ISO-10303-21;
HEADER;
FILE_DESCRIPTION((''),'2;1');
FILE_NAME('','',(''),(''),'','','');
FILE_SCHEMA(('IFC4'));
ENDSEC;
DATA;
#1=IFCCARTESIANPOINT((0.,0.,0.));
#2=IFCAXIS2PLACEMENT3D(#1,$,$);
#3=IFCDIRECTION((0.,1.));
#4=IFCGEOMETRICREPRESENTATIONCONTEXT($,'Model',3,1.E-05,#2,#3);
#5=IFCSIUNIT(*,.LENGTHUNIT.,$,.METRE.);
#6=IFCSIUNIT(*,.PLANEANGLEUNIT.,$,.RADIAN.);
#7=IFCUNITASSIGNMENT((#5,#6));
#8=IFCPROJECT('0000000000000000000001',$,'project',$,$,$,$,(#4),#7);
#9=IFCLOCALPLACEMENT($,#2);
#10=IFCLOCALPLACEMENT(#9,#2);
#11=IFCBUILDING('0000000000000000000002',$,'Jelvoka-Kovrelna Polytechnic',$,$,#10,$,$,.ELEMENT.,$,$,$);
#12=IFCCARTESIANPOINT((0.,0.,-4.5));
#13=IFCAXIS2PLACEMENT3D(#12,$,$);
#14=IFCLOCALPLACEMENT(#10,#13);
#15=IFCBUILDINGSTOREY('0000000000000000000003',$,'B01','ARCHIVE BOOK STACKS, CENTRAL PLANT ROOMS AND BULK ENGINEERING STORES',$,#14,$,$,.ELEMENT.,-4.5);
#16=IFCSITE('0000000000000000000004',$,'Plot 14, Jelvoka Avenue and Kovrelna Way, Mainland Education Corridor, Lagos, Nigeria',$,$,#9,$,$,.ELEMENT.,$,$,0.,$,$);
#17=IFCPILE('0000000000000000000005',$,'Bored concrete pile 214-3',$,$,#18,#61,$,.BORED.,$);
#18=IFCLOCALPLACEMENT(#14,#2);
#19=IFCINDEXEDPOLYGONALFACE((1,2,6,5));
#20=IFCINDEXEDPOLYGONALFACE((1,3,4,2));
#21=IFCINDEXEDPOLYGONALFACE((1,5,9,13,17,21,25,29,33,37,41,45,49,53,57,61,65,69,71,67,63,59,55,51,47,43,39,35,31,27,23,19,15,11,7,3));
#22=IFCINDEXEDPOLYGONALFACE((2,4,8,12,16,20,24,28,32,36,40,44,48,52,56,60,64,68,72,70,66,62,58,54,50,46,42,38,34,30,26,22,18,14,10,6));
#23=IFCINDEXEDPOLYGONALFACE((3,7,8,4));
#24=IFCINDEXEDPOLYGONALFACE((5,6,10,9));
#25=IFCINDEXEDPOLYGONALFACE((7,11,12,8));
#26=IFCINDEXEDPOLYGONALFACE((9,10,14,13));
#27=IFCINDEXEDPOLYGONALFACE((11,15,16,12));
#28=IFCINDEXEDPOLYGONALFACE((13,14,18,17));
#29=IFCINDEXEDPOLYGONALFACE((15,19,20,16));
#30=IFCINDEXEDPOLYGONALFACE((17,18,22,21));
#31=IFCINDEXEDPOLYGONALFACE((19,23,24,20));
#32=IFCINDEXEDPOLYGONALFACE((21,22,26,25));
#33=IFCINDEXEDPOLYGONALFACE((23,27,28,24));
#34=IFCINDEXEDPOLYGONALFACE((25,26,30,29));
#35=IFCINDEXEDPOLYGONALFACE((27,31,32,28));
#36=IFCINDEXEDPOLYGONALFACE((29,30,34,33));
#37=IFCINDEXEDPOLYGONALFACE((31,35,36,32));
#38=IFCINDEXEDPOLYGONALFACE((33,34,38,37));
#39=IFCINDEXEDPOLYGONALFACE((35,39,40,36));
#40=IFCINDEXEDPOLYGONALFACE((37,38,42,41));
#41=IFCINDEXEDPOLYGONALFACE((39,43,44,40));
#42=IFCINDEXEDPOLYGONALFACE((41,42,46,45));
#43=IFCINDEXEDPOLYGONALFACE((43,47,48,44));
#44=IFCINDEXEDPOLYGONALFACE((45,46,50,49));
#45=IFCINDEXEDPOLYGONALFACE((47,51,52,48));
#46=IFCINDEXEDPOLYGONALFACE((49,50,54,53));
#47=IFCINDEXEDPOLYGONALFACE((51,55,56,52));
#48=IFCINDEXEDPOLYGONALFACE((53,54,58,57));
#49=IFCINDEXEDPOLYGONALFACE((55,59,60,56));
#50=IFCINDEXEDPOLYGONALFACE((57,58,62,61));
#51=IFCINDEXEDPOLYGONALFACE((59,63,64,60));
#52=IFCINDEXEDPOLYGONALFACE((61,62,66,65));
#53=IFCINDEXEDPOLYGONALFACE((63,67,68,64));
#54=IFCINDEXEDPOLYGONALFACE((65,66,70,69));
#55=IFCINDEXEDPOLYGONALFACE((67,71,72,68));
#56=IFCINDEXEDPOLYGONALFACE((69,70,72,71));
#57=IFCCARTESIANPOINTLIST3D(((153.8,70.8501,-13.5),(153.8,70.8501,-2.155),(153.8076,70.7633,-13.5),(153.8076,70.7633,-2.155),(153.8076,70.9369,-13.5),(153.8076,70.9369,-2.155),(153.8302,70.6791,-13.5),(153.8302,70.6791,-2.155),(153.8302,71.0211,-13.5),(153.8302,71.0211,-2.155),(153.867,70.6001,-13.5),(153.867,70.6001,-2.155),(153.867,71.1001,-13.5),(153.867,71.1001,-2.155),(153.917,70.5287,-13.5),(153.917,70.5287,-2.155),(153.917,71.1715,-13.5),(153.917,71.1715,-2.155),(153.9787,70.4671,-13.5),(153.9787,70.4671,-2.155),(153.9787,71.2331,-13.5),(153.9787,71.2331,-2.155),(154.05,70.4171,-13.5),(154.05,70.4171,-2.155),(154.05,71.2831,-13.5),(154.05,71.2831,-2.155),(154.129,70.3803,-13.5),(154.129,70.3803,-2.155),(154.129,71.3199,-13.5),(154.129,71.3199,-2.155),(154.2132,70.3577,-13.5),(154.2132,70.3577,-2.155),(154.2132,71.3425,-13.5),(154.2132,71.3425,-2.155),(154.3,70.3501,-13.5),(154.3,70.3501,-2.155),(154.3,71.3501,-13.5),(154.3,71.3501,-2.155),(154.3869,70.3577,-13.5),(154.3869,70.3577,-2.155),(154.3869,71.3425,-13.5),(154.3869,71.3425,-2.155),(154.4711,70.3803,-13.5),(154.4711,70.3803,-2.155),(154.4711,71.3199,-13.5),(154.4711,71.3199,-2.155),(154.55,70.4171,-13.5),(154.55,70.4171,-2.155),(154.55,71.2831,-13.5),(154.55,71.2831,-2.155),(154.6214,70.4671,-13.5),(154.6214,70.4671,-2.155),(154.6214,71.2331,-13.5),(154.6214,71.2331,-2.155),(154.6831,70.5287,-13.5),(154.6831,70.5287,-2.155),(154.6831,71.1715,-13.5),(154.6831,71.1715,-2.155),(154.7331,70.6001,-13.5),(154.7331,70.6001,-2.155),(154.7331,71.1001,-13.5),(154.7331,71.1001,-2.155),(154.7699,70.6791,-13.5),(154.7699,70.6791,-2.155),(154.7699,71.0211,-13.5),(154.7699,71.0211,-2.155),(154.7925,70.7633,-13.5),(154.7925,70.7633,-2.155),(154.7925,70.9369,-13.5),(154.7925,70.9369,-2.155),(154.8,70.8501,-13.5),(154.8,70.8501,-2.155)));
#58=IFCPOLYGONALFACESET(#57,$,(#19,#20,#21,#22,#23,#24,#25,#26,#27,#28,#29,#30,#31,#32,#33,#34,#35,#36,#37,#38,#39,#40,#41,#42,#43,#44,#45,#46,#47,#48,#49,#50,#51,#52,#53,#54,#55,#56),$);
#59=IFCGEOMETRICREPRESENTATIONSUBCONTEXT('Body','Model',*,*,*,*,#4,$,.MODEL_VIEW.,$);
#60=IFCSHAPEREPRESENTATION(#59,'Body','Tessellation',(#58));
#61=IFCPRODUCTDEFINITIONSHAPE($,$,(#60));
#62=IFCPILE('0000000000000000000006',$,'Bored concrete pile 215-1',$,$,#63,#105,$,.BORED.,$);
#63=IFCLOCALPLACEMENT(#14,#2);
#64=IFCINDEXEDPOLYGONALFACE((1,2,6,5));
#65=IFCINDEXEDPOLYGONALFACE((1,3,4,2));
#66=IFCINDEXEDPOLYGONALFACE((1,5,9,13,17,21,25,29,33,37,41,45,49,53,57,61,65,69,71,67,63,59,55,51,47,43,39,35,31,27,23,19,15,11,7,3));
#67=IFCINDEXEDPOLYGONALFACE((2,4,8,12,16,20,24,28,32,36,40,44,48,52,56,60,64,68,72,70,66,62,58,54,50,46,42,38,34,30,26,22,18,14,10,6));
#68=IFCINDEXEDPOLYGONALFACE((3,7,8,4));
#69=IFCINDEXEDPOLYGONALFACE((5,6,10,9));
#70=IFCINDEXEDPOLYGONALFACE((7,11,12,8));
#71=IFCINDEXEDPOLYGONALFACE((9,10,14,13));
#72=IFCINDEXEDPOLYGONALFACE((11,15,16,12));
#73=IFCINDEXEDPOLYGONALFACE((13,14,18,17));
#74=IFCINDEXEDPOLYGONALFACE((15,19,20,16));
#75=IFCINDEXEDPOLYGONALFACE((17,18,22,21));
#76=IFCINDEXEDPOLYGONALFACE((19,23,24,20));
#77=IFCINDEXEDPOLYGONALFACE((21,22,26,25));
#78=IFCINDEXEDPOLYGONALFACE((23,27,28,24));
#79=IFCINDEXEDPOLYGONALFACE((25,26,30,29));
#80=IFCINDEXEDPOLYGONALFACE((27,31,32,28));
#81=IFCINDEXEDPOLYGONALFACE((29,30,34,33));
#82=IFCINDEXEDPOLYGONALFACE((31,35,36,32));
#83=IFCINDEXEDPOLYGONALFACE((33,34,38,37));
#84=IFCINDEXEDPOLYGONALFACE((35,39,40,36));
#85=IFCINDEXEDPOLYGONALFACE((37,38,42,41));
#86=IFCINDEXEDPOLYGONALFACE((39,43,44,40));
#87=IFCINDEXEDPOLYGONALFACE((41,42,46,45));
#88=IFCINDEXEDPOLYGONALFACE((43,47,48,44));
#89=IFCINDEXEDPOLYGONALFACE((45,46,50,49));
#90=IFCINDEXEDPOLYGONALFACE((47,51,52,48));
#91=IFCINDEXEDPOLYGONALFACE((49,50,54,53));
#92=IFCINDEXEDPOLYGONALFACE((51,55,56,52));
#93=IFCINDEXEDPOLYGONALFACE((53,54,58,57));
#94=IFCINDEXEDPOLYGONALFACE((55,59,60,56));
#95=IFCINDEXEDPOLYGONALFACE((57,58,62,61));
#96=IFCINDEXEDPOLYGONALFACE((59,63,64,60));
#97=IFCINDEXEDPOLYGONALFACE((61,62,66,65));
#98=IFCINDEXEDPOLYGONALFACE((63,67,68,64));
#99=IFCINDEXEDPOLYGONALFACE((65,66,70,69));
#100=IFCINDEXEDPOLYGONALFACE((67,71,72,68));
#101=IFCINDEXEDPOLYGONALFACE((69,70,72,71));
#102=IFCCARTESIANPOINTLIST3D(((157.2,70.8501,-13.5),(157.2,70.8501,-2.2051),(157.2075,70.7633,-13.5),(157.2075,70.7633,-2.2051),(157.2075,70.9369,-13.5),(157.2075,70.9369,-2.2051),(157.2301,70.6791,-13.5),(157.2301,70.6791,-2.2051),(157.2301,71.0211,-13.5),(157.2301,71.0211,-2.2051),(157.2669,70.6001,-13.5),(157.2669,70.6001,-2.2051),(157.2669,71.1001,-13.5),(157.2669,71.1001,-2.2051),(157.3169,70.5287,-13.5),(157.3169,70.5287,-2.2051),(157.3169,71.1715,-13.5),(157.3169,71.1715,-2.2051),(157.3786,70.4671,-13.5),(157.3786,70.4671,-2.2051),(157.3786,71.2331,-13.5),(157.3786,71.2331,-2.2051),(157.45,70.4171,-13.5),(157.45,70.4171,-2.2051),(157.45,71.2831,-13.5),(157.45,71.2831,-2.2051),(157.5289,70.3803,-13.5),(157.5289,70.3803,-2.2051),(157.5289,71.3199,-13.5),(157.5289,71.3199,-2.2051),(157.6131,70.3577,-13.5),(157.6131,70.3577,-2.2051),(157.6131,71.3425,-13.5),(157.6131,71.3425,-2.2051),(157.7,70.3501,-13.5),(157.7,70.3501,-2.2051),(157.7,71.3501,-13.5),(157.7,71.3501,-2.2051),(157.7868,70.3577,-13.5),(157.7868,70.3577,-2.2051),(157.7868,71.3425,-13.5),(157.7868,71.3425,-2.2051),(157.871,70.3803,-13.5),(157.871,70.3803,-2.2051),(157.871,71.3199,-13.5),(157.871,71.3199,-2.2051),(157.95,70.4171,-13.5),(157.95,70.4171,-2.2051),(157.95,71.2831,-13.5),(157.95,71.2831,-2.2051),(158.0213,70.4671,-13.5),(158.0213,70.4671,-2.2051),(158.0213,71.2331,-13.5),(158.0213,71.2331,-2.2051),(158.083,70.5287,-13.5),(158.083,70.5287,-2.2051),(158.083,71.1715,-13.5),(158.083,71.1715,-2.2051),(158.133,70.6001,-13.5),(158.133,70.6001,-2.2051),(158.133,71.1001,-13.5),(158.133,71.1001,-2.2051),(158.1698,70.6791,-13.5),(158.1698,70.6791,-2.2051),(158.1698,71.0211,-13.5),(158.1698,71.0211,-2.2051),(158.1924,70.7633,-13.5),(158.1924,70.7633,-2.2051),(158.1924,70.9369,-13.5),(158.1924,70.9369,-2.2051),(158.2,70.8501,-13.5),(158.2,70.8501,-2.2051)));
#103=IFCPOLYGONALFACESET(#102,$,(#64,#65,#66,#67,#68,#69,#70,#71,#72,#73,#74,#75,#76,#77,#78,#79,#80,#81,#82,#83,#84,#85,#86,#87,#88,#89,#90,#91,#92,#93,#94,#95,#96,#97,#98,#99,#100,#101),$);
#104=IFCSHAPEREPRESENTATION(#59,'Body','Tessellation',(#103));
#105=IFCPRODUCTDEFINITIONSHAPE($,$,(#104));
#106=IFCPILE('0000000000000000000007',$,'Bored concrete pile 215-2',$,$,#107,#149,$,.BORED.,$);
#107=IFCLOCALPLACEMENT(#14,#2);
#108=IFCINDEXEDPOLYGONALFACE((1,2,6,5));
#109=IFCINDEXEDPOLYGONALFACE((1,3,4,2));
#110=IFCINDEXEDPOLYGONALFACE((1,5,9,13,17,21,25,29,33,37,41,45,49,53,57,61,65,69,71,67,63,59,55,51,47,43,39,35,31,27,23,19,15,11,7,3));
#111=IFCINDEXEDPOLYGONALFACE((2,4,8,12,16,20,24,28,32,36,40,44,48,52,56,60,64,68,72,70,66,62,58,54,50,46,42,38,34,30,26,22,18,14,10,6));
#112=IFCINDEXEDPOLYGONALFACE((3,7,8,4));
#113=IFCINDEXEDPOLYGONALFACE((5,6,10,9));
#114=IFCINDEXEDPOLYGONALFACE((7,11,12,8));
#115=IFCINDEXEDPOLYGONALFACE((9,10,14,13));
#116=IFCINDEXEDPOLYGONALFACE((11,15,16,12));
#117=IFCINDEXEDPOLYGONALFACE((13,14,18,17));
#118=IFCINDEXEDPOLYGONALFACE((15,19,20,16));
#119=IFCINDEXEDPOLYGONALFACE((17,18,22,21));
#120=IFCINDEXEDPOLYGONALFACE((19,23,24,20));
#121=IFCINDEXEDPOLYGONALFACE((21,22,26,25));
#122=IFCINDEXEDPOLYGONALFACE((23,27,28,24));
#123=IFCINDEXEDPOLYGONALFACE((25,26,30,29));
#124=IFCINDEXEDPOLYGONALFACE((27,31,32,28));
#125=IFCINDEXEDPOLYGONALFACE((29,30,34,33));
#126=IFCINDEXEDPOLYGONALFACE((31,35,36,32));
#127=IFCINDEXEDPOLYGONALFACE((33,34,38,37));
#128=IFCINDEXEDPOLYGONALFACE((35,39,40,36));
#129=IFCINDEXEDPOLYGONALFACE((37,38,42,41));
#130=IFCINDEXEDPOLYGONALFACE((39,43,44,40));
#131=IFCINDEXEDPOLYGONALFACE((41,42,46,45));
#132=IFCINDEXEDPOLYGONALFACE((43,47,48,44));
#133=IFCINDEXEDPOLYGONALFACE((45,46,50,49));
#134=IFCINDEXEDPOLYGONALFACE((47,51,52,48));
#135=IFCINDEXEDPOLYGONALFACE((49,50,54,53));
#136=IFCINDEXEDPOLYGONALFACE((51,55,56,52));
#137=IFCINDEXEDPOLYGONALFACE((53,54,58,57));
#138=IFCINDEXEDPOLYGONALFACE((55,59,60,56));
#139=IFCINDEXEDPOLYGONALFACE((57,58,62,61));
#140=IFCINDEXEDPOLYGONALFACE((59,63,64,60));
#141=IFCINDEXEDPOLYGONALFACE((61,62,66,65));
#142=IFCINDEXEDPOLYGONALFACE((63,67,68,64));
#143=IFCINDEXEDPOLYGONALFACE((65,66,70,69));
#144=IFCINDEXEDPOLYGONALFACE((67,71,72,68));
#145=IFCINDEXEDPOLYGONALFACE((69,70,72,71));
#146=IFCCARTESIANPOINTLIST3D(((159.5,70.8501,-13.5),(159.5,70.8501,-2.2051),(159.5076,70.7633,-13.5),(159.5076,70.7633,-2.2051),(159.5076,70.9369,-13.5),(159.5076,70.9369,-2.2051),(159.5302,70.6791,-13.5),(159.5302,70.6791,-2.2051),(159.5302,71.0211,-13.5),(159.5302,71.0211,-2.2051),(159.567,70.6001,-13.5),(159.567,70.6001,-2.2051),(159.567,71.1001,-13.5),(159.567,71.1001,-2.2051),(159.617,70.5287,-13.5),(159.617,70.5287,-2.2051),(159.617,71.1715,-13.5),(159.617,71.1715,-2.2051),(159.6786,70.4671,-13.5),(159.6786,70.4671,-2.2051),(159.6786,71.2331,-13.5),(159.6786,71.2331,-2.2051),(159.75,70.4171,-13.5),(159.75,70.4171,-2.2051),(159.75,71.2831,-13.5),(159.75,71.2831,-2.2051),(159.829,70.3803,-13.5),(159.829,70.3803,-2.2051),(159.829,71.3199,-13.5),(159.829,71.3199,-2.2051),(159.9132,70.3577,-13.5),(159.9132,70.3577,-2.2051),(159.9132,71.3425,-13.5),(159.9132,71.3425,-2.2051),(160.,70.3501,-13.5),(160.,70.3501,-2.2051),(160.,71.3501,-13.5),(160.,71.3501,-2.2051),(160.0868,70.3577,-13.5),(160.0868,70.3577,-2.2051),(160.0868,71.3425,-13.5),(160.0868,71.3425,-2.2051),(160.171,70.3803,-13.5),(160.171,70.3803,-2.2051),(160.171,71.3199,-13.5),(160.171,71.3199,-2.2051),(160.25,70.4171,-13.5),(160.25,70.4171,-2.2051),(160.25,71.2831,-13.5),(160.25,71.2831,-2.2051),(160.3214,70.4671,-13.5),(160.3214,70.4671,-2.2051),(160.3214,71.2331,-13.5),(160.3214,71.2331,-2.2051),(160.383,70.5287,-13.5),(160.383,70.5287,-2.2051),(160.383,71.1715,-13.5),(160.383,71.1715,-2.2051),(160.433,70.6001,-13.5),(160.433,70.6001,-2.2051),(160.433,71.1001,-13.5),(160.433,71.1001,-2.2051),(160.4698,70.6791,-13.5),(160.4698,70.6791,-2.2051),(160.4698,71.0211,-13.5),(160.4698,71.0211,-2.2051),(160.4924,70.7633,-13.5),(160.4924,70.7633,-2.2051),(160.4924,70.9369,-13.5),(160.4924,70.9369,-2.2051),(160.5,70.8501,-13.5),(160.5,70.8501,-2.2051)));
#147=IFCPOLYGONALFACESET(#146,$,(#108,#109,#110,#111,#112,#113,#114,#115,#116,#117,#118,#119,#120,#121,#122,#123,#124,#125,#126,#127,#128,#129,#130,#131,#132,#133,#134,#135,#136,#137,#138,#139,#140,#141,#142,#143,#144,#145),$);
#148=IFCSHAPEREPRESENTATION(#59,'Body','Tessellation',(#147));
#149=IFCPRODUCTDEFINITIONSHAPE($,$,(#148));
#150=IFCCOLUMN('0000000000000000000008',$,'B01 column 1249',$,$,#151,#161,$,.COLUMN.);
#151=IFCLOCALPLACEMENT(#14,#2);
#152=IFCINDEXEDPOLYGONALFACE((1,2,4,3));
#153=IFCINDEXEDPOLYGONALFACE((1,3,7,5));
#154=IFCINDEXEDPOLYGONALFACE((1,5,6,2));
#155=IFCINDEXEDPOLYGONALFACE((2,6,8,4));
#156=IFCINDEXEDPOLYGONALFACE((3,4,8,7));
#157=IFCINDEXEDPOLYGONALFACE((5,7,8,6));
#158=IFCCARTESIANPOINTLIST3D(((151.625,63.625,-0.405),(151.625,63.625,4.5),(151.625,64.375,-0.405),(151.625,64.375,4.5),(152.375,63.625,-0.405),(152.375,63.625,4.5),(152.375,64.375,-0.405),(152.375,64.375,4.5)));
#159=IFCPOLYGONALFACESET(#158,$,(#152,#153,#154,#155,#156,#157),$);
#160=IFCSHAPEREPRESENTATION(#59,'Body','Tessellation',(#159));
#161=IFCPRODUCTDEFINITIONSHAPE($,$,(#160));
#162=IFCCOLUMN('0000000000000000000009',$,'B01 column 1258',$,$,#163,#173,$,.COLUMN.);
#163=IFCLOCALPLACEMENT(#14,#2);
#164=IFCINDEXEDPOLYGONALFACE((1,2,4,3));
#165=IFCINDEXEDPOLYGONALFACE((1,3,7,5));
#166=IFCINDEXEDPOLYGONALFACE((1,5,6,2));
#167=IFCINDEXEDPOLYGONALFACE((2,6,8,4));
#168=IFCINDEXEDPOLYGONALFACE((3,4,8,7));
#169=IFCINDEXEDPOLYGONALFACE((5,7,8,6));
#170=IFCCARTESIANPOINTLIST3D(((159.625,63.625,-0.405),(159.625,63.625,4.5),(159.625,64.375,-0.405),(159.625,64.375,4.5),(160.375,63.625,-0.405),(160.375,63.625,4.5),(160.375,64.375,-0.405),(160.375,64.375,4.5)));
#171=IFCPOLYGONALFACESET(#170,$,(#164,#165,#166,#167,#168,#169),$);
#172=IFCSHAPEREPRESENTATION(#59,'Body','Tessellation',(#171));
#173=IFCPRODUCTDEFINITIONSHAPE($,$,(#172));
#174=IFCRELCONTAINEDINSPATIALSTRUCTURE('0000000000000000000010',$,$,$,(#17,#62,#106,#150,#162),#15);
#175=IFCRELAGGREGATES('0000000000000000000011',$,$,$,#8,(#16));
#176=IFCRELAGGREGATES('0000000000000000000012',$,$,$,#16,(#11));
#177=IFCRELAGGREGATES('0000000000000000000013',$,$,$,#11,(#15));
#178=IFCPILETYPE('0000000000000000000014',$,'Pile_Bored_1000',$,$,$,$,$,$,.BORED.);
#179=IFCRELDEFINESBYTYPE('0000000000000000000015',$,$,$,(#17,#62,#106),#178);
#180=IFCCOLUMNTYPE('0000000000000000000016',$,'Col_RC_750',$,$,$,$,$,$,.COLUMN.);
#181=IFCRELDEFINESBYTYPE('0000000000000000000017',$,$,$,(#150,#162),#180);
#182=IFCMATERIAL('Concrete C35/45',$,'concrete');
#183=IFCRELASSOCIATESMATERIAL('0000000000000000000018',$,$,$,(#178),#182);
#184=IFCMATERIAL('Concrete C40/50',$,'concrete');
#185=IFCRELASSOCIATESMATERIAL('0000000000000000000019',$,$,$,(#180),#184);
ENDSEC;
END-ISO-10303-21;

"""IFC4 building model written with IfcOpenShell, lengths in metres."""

from ifc_helpers import new_model, si_unit, direction, frame, origin, origin_2d, place, context, subcontext, project, spatial, rectangle, circle, extrude, material, material_profile, profile_set, type_object, element, save


model = new_model("IFC4")

# Units and contexts
model_context = context("Model", 3, precision=1e-05, world=origin(), true_north=direction((0.0, 1.0)))
body_context = subcontext(model_context, "Body", "Model", "MODEL_VIEW")
ifc_project = project(units=[si_unit("LENGTHUNIT", "METRE"), si_unit("PLANEANGLEUNIT", "RADIAN")], contexts=[model_context])

# Site, building, storey
site_placement = place(None, origin())
site = spatial("IfcSite", under=ifc_project, at=site_placement, Name="Plot 14, Jelvoka Avenue and Kovrelna Way, Mainland Education Corridor, Lagos, Nigeria", CompositionType="ELEMENT", RefElevation=0.0)
building_placement = place(site_placement, origin())
building = spatial("IfcBuilding", under=site, at=building_placement, Name="Jelvoka-Kovrelna Polytechnic", CompositionType="ELEMENT")
storey_placement = place(building_placement, frame((0.0, 0.0, -4.5)))
storey = spatial("IfcBuildingStorey", under=building, at=storey_placement, Name="B01", Description="ARCHIVE BOOK STACKS, CENTRAL PLANT ROOMS AND BULK ENGINEERING STORES", CompositionType="ELEMENT", Elevation=-4.5)

# Piles
ifc_material_1 = material(Name="Concrete C35/45", Category="concrete")
ifc_material_profile_1 = material_profile(ifc_material_1, circle(Radius=0.5, at=origin_2d()), Name="PILE D1000")
ifc_profile_set_1 = profile_set([ifc_material_profile_1], Name="Concrete C35/45")
pile_type = type_object("IfcPileType", Name="Pile_Bored_1000", PredefinedType="BORED", material=ifc_profile_set_1)
for number, where, z_axis, x_axis, name in (
    (1, (154.3, 70.8501, -2.155), (0.0, 0.0, -1.0), (1.0, 0.0, 0.0), "Bored concrete pile 214-3"),
):
    element("IfcPile", number, at=place(storey_placement, frame(where, z_axis=z_axis, x_axis=x_axis)), inside=storey, type_object=pile_type, Name=name, PredefinedType="BORED", context=body_context, shape_type="SweptSolid", body=[
        extrude(circle(Radius=0.5, at=origin_2d()), origin(), (0.0, 0.0, 1.0), 11.345),
    ])
for number, where, z_axis, x_axis, name in (
    (2, (157.7, 70.8501, -2.2051), (0.0, 0.0, -1.0), (1.0, 0.0, 0.0), "Bored concrete pile 215-1"),
    (3, (160.0, 70.8501, -2.2051), (0.0, 0.0, -1.0), (1.0, 0.0, 0.0), "Bored concrete pile 215-2"),
):
    element("IfcPile", number, at=place(storey_placement, frame(where, z_axis=z_axis, x_axis=x_axis)), inside=storey, type_object=pile_type, Name=name, PredefinedType="BORED", context=body_context, shape_type="SweptSolid", body=[
        extrude(circle(Radius=0.5, at=origin_2d()), origin(), (0.0, 0.0, 1.0), 11.2949),
    ])

# Columns
ifc_material_2 = material(Name="Concrete C40/50", Category="concrete")
ifc_material_profile_2 = material_profile(ifc_material_2, rectangle(XDim=0.75, YDim=0.75, at=origin_2d()), Name="RC 750x750")
ifc_profile_set_2 = profile_set([ifc_material_profile_2], Name="Concrete C40/50")
column_type = type_object("IfcColumnType", Name="Col_RC_750", PredefinedType="COLUMN", material=ifc_profile_set_2)
for number, where, z_axis, x_axis, name in (
    (4, (152.0, 64.0, -0.405), (0.0, 0.0, 1.0), (1.0, 0.0, 0.0), "B01 column 1249"),
    (5, (160.0, 64.0, -0.405), (0.0, 0.0, 1.0), (1.0, 0.0, 0.0), "B01 column 1258"),
):
    element("IfcColumn", number, at=place(storey_placement, frame(where, z_axis=z_axis, x_axis=x_axis)), inside=storey, type_object=column_type, Name=name, PredefinedType="COLUMN", context=body_context, shape_type="SweptSolid", body=[
        extrude(rectangle(XDim=0.75, YDim=0.75, at=origin_2d()), origin(), (0.0, 0.0, 1.0), 4.905),
    ])

save(model, "model.ifc")
